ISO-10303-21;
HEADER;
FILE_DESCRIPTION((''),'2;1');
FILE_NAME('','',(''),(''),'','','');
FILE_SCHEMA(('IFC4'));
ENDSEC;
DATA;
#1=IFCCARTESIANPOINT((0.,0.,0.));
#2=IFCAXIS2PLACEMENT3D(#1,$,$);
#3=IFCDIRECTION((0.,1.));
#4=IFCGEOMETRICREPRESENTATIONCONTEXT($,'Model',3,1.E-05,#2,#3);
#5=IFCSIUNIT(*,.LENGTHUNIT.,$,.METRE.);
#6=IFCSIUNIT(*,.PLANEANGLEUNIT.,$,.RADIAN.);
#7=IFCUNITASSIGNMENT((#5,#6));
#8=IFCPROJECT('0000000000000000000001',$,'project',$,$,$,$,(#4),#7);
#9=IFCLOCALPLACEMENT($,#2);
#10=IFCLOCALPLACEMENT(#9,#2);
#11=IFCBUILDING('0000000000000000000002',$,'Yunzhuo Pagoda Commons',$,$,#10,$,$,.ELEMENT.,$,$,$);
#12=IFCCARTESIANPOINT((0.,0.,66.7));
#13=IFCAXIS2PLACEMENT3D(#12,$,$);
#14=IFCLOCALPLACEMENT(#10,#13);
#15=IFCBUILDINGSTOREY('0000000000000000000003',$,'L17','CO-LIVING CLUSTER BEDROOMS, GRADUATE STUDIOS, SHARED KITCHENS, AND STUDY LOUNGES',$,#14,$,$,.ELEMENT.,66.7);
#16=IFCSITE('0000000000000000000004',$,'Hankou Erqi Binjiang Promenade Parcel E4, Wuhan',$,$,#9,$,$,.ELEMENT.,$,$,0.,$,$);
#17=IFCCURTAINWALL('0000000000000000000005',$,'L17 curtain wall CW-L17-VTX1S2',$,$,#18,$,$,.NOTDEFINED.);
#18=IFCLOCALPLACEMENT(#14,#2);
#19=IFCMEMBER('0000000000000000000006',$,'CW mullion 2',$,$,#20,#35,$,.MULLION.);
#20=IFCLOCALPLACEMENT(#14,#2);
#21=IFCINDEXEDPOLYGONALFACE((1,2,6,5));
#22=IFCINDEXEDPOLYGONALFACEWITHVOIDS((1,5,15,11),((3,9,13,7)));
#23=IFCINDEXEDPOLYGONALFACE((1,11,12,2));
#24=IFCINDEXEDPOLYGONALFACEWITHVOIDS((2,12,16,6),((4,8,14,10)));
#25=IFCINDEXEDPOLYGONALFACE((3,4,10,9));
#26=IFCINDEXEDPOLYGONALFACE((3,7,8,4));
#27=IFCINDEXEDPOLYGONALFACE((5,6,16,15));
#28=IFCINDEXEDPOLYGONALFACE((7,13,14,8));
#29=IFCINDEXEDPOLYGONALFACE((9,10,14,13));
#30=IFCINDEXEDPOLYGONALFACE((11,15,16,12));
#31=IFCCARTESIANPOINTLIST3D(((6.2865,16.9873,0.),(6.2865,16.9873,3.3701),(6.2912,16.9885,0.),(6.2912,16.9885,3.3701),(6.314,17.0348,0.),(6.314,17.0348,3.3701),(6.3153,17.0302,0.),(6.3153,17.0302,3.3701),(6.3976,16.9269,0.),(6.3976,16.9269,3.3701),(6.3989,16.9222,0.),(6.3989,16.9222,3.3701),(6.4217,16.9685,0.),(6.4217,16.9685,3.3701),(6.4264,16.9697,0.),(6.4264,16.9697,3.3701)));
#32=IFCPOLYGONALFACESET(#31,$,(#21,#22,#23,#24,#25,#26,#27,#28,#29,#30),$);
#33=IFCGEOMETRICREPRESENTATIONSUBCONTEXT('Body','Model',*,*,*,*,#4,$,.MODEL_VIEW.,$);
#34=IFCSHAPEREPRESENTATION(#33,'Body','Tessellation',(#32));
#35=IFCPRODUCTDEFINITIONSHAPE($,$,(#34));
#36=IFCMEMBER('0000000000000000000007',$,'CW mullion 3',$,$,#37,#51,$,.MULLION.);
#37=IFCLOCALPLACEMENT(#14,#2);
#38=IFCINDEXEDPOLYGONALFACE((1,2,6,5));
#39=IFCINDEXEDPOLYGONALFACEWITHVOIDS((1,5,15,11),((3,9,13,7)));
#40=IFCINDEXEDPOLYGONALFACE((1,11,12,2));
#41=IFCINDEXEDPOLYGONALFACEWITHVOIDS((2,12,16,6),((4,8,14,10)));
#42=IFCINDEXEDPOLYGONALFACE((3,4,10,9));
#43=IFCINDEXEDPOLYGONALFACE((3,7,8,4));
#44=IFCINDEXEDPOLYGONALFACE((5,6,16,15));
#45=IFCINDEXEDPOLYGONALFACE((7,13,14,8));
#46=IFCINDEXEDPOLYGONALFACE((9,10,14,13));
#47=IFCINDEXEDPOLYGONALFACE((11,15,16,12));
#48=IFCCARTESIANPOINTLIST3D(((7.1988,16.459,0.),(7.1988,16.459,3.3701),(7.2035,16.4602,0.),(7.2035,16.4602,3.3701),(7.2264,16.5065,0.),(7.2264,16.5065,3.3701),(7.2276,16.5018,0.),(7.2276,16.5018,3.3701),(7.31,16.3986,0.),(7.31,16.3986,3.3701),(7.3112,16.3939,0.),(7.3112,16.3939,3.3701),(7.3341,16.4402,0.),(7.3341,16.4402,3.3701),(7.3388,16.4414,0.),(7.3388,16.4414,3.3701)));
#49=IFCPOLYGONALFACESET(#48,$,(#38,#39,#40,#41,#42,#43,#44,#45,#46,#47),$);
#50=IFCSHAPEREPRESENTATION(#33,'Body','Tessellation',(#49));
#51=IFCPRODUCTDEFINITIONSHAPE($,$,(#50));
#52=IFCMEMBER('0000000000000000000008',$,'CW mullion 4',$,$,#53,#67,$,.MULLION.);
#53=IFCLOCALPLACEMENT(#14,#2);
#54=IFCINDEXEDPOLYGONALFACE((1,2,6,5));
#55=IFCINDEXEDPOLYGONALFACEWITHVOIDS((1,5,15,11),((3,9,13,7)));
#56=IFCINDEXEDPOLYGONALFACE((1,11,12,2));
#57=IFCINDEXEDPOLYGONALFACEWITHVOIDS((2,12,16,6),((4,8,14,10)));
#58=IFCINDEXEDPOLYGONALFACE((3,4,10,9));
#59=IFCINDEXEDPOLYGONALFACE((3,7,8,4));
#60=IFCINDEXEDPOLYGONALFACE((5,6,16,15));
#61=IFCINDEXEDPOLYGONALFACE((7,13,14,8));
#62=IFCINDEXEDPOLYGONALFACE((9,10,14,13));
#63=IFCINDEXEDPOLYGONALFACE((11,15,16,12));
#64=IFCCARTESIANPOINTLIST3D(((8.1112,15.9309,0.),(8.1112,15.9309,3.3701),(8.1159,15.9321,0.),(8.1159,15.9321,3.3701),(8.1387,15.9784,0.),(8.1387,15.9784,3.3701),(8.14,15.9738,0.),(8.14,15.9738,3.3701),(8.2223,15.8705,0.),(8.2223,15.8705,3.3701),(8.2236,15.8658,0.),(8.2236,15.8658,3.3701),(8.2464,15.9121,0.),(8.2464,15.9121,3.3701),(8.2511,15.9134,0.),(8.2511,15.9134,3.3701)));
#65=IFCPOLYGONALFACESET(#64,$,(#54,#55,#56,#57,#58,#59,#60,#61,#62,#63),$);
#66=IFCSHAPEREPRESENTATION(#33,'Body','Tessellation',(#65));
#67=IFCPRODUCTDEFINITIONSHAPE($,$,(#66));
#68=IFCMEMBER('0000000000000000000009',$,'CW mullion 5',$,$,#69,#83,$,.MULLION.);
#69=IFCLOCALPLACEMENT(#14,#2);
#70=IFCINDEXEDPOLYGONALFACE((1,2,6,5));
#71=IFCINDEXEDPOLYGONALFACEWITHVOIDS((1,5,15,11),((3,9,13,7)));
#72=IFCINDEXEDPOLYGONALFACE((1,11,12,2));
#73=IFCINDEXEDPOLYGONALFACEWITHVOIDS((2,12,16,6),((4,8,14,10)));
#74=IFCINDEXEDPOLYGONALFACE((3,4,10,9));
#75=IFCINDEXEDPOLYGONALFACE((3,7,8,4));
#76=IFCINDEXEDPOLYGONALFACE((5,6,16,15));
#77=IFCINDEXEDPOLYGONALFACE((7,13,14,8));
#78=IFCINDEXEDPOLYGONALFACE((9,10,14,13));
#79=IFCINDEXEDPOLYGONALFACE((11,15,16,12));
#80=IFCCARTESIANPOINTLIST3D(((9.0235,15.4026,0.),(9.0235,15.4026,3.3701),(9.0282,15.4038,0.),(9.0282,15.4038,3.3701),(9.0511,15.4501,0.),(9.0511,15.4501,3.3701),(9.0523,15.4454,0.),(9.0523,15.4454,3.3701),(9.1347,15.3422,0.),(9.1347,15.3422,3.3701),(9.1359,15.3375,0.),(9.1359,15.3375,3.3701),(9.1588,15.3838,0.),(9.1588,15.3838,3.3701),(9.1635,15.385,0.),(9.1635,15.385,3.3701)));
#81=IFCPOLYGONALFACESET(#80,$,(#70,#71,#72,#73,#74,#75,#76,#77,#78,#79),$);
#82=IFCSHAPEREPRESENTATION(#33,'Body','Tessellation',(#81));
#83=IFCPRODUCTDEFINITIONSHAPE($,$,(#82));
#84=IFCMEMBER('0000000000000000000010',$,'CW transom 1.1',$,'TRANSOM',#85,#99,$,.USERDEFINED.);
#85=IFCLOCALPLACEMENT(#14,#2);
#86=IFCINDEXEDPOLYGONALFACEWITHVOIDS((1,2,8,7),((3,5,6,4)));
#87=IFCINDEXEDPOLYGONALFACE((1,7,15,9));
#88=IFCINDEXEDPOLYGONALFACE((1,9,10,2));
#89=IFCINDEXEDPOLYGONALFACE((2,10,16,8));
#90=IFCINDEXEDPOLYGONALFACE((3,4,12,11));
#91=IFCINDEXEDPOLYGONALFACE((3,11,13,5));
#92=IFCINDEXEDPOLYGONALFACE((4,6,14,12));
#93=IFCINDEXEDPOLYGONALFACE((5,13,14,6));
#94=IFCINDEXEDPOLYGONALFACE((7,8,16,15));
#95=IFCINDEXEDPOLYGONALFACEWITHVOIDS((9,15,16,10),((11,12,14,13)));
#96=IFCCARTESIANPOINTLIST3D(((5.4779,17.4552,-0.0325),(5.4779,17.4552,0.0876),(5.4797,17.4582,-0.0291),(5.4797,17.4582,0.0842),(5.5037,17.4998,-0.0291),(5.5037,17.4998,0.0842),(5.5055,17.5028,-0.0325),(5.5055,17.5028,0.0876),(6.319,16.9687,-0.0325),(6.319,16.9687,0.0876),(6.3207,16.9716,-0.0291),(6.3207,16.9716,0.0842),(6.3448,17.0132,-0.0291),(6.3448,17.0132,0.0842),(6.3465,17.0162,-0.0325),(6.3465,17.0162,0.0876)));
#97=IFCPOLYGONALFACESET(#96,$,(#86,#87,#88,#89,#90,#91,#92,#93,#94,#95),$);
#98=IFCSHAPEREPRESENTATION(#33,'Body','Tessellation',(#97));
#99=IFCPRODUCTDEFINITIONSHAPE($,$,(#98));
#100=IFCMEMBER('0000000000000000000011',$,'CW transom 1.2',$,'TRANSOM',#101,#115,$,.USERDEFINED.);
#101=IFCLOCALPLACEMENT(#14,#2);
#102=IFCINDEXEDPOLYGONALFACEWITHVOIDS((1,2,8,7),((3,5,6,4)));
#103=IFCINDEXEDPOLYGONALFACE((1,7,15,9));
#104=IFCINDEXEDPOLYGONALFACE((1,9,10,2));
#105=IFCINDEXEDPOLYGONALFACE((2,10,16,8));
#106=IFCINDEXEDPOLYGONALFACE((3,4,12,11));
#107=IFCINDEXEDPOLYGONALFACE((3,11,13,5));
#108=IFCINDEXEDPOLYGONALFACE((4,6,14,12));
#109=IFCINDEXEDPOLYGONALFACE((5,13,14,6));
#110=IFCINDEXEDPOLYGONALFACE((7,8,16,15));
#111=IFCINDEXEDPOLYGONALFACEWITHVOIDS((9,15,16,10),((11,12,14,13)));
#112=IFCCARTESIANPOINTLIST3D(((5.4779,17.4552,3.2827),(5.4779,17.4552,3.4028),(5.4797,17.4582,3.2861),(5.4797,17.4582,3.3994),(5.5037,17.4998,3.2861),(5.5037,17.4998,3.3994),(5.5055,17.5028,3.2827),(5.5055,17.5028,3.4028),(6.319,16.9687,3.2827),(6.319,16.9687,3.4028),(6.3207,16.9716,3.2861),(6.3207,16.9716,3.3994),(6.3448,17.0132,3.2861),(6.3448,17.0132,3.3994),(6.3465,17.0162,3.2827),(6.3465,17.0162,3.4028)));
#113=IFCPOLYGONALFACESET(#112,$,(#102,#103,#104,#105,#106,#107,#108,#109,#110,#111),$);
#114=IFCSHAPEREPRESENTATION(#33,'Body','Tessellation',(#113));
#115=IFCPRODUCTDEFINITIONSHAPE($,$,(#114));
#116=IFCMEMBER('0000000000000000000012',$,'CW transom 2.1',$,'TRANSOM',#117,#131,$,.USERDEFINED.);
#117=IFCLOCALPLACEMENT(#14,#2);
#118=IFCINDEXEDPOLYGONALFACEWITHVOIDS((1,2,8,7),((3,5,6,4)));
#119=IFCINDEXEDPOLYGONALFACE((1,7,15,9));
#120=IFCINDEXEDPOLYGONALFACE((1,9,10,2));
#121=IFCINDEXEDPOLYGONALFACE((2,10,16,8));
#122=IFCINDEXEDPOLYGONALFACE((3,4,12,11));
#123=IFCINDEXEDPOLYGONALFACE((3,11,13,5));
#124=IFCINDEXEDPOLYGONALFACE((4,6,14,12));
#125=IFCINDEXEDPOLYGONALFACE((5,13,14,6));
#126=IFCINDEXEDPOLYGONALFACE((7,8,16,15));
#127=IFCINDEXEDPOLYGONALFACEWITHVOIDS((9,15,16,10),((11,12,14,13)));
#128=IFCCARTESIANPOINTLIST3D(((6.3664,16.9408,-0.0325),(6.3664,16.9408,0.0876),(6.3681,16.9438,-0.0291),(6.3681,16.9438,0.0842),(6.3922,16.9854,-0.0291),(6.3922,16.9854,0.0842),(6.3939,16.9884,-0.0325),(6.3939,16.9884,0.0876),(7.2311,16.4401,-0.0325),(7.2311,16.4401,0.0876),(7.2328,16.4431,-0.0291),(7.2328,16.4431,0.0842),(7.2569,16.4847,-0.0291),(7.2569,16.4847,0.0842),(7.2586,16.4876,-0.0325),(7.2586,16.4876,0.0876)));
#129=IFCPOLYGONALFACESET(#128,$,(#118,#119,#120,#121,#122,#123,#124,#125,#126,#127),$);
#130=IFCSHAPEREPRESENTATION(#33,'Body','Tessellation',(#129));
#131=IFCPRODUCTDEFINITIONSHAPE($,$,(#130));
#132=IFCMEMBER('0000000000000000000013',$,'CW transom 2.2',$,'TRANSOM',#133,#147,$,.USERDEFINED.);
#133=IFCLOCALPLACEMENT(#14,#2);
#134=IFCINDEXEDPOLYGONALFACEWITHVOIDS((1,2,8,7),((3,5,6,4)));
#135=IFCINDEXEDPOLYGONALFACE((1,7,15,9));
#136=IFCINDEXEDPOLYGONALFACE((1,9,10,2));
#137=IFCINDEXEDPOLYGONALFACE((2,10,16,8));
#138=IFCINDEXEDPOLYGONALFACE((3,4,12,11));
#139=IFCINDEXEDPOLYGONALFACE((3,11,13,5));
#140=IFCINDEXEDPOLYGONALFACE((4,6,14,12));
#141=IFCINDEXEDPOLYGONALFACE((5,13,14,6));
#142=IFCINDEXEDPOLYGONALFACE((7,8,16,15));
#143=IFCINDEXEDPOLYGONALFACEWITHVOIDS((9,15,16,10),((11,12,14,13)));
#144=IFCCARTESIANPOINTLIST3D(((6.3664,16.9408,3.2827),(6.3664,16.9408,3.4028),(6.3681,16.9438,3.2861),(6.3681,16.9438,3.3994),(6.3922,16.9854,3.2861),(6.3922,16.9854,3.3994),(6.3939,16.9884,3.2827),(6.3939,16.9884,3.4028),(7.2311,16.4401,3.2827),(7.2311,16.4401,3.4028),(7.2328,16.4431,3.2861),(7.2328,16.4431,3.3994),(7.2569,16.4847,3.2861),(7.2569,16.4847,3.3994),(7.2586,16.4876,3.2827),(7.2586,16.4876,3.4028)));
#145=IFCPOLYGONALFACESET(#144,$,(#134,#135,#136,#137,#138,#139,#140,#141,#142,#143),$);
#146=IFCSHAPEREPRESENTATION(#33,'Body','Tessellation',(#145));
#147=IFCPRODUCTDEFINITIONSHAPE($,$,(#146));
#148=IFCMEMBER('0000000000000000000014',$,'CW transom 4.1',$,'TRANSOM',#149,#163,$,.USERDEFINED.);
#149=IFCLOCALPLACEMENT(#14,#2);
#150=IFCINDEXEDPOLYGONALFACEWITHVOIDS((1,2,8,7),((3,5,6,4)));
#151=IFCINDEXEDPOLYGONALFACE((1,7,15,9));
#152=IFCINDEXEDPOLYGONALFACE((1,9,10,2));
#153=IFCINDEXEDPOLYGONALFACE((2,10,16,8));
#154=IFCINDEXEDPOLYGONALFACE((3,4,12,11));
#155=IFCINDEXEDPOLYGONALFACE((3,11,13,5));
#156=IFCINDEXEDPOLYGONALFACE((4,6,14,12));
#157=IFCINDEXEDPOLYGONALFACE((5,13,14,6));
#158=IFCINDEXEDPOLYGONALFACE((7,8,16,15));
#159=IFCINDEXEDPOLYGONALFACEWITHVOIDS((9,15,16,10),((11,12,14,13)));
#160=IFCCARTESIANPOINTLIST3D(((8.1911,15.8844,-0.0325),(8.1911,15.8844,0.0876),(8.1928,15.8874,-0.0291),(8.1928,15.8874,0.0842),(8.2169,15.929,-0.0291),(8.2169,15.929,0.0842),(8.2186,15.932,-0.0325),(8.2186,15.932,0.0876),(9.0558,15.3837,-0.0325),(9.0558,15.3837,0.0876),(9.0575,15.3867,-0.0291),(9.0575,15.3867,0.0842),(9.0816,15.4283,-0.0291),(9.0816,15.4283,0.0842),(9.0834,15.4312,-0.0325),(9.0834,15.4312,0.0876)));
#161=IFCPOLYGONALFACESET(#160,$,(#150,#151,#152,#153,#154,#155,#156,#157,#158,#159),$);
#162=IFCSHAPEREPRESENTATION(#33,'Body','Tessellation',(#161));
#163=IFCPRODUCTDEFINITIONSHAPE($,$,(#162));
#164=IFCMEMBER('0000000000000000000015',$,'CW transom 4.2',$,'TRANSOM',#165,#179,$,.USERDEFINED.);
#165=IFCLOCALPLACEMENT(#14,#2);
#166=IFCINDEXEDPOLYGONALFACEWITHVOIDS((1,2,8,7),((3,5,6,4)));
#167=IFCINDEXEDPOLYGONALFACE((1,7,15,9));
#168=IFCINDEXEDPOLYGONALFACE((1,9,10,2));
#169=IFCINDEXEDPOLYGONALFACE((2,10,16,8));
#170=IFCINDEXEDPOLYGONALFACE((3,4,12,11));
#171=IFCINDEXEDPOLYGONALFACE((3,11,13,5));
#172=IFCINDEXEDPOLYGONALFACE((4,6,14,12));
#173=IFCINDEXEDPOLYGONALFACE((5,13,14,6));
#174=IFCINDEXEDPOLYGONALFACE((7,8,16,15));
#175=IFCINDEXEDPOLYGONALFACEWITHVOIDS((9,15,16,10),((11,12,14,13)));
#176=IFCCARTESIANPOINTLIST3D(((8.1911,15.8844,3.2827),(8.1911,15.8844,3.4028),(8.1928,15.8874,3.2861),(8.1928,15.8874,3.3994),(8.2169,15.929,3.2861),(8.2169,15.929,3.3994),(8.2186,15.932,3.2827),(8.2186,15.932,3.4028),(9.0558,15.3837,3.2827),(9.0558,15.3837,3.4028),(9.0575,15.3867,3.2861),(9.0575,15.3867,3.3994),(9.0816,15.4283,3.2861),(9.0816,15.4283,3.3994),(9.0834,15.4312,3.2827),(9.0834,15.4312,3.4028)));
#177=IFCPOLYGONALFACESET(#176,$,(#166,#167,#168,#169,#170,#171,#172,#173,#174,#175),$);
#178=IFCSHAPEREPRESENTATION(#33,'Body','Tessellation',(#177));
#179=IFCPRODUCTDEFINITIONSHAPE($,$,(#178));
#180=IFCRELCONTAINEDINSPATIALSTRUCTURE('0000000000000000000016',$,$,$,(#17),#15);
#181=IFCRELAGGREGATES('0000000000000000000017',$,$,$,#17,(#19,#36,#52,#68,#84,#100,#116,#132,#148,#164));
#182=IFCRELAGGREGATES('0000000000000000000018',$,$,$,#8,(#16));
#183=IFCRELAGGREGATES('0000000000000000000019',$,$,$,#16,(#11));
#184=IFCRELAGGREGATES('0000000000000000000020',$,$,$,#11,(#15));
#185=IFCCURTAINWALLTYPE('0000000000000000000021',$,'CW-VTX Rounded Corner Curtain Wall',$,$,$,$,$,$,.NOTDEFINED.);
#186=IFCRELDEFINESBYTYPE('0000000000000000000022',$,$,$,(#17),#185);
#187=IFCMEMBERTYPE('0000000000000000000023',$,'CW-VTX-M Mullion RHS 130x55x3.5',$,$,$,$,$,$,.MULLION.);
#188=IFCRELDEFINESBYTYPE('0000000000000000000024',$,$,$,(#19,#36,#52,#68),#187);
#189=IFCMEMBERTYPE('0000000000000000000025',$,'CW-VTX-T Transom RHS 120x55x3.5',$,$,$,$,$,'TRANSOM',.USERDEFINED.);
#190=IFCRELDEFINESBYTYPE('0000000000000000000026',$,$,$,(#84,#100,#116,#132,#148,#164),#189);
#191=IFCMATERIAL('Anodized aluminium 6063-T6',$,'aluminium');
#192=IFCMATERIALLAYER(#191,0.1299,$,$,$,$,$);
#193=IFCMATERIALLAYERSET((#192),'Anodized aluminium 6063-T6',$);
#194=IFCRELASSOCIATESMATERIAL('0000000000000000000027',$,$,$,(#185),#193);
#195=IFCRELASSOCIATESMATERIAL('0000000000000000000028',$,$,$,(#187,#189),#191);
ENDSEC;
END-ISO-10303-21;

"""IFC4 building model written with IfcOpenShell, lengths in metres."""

from ifc_helpers import new_model, si_unit, direction, frame, origin, origin_2d, place, context, subcontext, project, spatial, hollow_rectangle, extrude, source, transform, mapped, material, layer, layer_set, material_profile, profile_set, type_object, element, aggregate, save


model = new_model("IFC4")

# Units and contexts
model_context = context("Model", 3, precision=1e-05, world=origin(), true_north=direction((0.0, 1.0)))
body_context = subcontext(model_context, "Body", "Model", "MODEL_VIEW")
ifc_project = project(units=[si_unit("LENGTHUNIT", "METRE"), si_unit("PLANEANGLEUNIT", "RADIAN")], contexts=[model_context])

# Site, building, storey
site_placement = place(None, origin())
site = spatial("IfcSite", under=ifc_project, at=site_placement, Name="Hankou Erqi Binjiang Promenade Parcel E4, Wuhan", CompositionType="ELEMENT", RefElevation=0.0)
building_placement = place(site_placement, origin())
building = spatial("IfcBuilding", under=site, at=building_placement, Name="Yunzhuo Pagoda Commons", CompositionType="ELEMENT")
storey_placement = place(building_placement, frame((0.0, 0.0, 66.7)))
storey = spatial("IfcBuildingStorey", under=building, at=storey_placement, Name="L17", Description="CO-LIVING CLUSTER BEDROOMS, GRADUATE STUDIOS, SHARED KITCHENS, AND STUDY LOUNGES", CompositionType="ELEMENT", Elevation=66.7)

# Curtain wall, members
ifc_material_1 = material(Name="Anodized aluminium 6063-T6", Category="aluminium")
ifc_layer_1 = layer(ifc_material_1, 0.1299)
ifc_layer_set_1 = layer_set([ifc_layer_1], Name="Anodized aluminium 6063-T6")
curtain_wall_type = type_object("IfcCurtainWallType", Name="CW-VTX Rounded Corner Curtain Wall", PredefinedType="NOTDEFINED", material=ifc_layer_set_1)
curtain_wall_1_placement = place(storey_placement, origin())
curtain_wall_1 = element("IfcCurtainWall", 1, at=curtain_wall_1_placement, inside=storey, type_object=curtain_wall_type, Name="L17 curtain wall CW-L17-VTX1S2", PredefinedType="NOTDEFINED")
ifc_material_profile_1 = material_profile(ifc_material_1, hollow_rectangle(XDim=0.0549, YDim=0.1299, WallThickness=0.0034, at=origin_2d()), Name="Anodized aluminium 6063-T6")
ifc_profile_set_1 = profile_set([ifc_material_profile_1], Name="Anodized aluminium 6063-T6")
member_type_1 = type_object("IfcMemberType", Name="CW-VTX-M Mullion RHS 130x55x3.5", PredefinedType="MULLION", material=ifc_profile_set_1)
shared_shape_1 = source(origin(), body_context, "Body", "SweptSolid", [
    extrude(hollow_rectangle(XDim=0.0549, YDim=0.1299, WallThickness=0.0034, at=origin_2d()), origin(), (0.0, 0.0, 1.0), 3.3701),
])
member_1_placement = place(storey_placement, frame((6.3564, 16.9785, 0.0), z_axis=(0.0, 0.0, 1.0), x_axis=(0.501039, 0.865425, 0.0)))
member_1 = element("IfcMember", 2, at=member_1_placement, type_object=member_type_1, Name="CW mullion 2", PredefinedType="MULLION", context=body_context, shape_type="MappedRepresentation", body=[
    mapped(shared_shape_1, transform((0.0, 0.0, 0.0), scale=1.0)),
])
member_2_placement = place(storey_placement, frame((7.2688, 16.4502, 0.0), z_axis=(0.0, 0.0, 1.0), x_axis=(0.501039, 0.865425, 0.0)))
member_2 = element("IfcMember", 3, at=member_2_placement, type_object=member_type_1, Name="CW mullion 3", PredefinedType="MULLION", context=body_context, shape_type="MappedRepresentation", body=[
    mapped(shared_shape_1, transform((0.0, 0.0, 0.0), scale=1.0)),
])
member_3_placement = place(storey_placement, frame((8.1812, 15.9221, 0.0), z_axis=(0.0, 0.0, 1.0), x_axis=(0.501039, 0.865425, 0.0)))
member_3 = element("IfcMember", 4, at=member_3_placement, type_object=member_type_1, Name="CW mullion 4", PredefinedType="MULLION", context=body_context, shape_type="MappedRepresentation", body=[
    mapped(shared_shape_1, transform((0.0, 0.0, 0.0), scale=1.0)),
])
member_4_placement = place(storey_placement, frame((9.0935, 15.3938, 0.0), z_axis=(0.0, 0.0, 1.0), x_axis=(0.501039, 0.865425, 0.0)))
member_4 = element("IfcMember", 5, at=member_4_placement, type_object=member_type_1, Name="CW mullion 5", PredefinedType="MULLION", context=body_context, shape_type="MappedRepresentation", body=[
    mapped(shared_shape_1, transform((0.0, 0.0, 0.0), scale=1.0)),
])
ifc_material_profile_2 = material_profile(ifc_material_1, hollow_rectangle(XDim=0.0549, YDim=0.1201, WallThickness=0.0034, at=origin_2d()), Name="Anodized aluminium 6063-T6")
ifc_profile_set_2 = profile_set([ifc_material_profile_2], Name="Anodized aluminium 6063-T6")
member_type_2 = type_object("IfcMemberType", Name="CW-VTX-T Transom RHS 120x55x3.5", ElementType="TRANSOM", PredefinedType="USERDEFINED", material=ifc_profile_set_2)
shared_shape_2 = source(origin(), body_context, "Body", "SweptSolid", [
    extrude(hollow_rectangle(XDim=0.0549, YDim=0.1201, WallThickness=0.0034, at=origin_2d()), origin(), (0.0, 0.0, 1.0), 0.9717),
])
member_5_placement = place(storey_placement, frame((5.4917, 17.479, 0.0276), z_axis=(0.865587, -0.500759, 0.0), x_axis=(0.500759, 0.865587, 0.0)))
member_5 = element("IfcMember", 6, at=member_5_placement, type_object=member_type_2, Name="CW transom 1.1", ObjectType="TRANSOM", PredefinedType="USERDEFINED", context=body_context, shape_type="MappedRepresentation", body=[
    mapped(shared_shape_2, transform((0.0, 0.0, 0.0), scale=1.0)),
])
member_6_placement = place(storey_placement, frame((5.4917, 17.479, 3.3428), z_axis=(0.865587, -0.500759, 0.0), x_axis=(0.500759, 0.865587, 0.0)))
member_6 = element("IfcMember", 7, at=member_6_placement, type_object=member_type_2, Name="CW transom 1.2", ObjectType="TRANSOM", PredefinedType="USERDEFINED", context=body_context, shape_type="MappedRepresentation", body=[
    mapped(shared_shape_2, transform((0.0, 0.0, 0.0), scale=1.0)),
])
shared_shape_3 = source(origin(), body_context, "Body", "SweptSolid", [
    extrude(hollow_rectangle(XDim=0.0549, YDim=0.1201, WallThickness=0.0034, at=origin_2d()), origin(), (0.0, 0.0, 1.0), 0.9993),
])
member_7_placement = place(storey_placement, frame((6.3801, 16.9646, 0.0276), z_axis=(0.865387, -0.501104, 0.0), x_axis=(0.501104, 0.865387, 0.0)))
member_7 = element("IfcMember", 8, at=member_7_placement, type_object=member_type_2, Name="CW transom 2.1", ObjectType="TRANSOM", PredefinedType="USERDEFINED", context=body_context, shape_type="MappedRepresentation", body=[
    mapped(shared_shape_3, transform((0.0, 0.0, 0.0), scale=1.0)),
])
member_8_placement = place(storey_placement, frame((6.3801, 16.9646, 3.3428), z_axis=(0.865387, -0.501104, 0.0), x_axis=(0.501104, 0.865387, 0.0)))
member_8 = element("IfcMember", 9, at=member_8_placement, type_object=member_type_2, Name="CW transom 2.2", ObjectType="TRANSOM", PredefinedType="USERDEFINED", context=body_context, shape_type="MappedRepresentation", body=[
    mapped(shared_shape_3, transform((0.0, 0.0, 0.0), scale=1.0)),
])
member_9_placement = place(storey_placement, frame((8.2048, 15.9082, 0.0276), z_axis=(0.865387, -0.501104, 0.0), x_axis=(0.501104, 0.865387, 0.0)))
member_9 = element("IfcMember", 10, at=member_9_placement, type_object=member_type_2, Name="CW transom 4.1", ObjectType="TRANSOM", PredefinedType="USERDEFINED", context=body_context, shape_type="MappedRepresentation", body=[
    mapped(shared_shape_3, transform((0.0, 0.0, 0.0), scale=1.0)),
])
member_10_placement = place(storey_placement, frame((8.2048, 15.9082, 3.3428), z_axis=(0.865387, -0.501104, 0.0), x_axis=(0.501104, 0.865387, 0.0)))
member_10 = element("IfcMember", 11, at=member_10_placement, type_object=member_type_2, Name="CW transom 4.2", ObjectType="TRANSOM", PredefinedType="USERDEFINED", context=body_context, shape_type="MappedRepresentation", body=[
    mapped(shared_shape_3, transform((0.0, 0.0, 0.0), scale=1.0)),
])

aggregate(curtain_wall_1, [member_1, member_2, member_3, member_4, member_5, member_6, member_7, member_8, member_9, member_10])

save(model, "model.ifc")
